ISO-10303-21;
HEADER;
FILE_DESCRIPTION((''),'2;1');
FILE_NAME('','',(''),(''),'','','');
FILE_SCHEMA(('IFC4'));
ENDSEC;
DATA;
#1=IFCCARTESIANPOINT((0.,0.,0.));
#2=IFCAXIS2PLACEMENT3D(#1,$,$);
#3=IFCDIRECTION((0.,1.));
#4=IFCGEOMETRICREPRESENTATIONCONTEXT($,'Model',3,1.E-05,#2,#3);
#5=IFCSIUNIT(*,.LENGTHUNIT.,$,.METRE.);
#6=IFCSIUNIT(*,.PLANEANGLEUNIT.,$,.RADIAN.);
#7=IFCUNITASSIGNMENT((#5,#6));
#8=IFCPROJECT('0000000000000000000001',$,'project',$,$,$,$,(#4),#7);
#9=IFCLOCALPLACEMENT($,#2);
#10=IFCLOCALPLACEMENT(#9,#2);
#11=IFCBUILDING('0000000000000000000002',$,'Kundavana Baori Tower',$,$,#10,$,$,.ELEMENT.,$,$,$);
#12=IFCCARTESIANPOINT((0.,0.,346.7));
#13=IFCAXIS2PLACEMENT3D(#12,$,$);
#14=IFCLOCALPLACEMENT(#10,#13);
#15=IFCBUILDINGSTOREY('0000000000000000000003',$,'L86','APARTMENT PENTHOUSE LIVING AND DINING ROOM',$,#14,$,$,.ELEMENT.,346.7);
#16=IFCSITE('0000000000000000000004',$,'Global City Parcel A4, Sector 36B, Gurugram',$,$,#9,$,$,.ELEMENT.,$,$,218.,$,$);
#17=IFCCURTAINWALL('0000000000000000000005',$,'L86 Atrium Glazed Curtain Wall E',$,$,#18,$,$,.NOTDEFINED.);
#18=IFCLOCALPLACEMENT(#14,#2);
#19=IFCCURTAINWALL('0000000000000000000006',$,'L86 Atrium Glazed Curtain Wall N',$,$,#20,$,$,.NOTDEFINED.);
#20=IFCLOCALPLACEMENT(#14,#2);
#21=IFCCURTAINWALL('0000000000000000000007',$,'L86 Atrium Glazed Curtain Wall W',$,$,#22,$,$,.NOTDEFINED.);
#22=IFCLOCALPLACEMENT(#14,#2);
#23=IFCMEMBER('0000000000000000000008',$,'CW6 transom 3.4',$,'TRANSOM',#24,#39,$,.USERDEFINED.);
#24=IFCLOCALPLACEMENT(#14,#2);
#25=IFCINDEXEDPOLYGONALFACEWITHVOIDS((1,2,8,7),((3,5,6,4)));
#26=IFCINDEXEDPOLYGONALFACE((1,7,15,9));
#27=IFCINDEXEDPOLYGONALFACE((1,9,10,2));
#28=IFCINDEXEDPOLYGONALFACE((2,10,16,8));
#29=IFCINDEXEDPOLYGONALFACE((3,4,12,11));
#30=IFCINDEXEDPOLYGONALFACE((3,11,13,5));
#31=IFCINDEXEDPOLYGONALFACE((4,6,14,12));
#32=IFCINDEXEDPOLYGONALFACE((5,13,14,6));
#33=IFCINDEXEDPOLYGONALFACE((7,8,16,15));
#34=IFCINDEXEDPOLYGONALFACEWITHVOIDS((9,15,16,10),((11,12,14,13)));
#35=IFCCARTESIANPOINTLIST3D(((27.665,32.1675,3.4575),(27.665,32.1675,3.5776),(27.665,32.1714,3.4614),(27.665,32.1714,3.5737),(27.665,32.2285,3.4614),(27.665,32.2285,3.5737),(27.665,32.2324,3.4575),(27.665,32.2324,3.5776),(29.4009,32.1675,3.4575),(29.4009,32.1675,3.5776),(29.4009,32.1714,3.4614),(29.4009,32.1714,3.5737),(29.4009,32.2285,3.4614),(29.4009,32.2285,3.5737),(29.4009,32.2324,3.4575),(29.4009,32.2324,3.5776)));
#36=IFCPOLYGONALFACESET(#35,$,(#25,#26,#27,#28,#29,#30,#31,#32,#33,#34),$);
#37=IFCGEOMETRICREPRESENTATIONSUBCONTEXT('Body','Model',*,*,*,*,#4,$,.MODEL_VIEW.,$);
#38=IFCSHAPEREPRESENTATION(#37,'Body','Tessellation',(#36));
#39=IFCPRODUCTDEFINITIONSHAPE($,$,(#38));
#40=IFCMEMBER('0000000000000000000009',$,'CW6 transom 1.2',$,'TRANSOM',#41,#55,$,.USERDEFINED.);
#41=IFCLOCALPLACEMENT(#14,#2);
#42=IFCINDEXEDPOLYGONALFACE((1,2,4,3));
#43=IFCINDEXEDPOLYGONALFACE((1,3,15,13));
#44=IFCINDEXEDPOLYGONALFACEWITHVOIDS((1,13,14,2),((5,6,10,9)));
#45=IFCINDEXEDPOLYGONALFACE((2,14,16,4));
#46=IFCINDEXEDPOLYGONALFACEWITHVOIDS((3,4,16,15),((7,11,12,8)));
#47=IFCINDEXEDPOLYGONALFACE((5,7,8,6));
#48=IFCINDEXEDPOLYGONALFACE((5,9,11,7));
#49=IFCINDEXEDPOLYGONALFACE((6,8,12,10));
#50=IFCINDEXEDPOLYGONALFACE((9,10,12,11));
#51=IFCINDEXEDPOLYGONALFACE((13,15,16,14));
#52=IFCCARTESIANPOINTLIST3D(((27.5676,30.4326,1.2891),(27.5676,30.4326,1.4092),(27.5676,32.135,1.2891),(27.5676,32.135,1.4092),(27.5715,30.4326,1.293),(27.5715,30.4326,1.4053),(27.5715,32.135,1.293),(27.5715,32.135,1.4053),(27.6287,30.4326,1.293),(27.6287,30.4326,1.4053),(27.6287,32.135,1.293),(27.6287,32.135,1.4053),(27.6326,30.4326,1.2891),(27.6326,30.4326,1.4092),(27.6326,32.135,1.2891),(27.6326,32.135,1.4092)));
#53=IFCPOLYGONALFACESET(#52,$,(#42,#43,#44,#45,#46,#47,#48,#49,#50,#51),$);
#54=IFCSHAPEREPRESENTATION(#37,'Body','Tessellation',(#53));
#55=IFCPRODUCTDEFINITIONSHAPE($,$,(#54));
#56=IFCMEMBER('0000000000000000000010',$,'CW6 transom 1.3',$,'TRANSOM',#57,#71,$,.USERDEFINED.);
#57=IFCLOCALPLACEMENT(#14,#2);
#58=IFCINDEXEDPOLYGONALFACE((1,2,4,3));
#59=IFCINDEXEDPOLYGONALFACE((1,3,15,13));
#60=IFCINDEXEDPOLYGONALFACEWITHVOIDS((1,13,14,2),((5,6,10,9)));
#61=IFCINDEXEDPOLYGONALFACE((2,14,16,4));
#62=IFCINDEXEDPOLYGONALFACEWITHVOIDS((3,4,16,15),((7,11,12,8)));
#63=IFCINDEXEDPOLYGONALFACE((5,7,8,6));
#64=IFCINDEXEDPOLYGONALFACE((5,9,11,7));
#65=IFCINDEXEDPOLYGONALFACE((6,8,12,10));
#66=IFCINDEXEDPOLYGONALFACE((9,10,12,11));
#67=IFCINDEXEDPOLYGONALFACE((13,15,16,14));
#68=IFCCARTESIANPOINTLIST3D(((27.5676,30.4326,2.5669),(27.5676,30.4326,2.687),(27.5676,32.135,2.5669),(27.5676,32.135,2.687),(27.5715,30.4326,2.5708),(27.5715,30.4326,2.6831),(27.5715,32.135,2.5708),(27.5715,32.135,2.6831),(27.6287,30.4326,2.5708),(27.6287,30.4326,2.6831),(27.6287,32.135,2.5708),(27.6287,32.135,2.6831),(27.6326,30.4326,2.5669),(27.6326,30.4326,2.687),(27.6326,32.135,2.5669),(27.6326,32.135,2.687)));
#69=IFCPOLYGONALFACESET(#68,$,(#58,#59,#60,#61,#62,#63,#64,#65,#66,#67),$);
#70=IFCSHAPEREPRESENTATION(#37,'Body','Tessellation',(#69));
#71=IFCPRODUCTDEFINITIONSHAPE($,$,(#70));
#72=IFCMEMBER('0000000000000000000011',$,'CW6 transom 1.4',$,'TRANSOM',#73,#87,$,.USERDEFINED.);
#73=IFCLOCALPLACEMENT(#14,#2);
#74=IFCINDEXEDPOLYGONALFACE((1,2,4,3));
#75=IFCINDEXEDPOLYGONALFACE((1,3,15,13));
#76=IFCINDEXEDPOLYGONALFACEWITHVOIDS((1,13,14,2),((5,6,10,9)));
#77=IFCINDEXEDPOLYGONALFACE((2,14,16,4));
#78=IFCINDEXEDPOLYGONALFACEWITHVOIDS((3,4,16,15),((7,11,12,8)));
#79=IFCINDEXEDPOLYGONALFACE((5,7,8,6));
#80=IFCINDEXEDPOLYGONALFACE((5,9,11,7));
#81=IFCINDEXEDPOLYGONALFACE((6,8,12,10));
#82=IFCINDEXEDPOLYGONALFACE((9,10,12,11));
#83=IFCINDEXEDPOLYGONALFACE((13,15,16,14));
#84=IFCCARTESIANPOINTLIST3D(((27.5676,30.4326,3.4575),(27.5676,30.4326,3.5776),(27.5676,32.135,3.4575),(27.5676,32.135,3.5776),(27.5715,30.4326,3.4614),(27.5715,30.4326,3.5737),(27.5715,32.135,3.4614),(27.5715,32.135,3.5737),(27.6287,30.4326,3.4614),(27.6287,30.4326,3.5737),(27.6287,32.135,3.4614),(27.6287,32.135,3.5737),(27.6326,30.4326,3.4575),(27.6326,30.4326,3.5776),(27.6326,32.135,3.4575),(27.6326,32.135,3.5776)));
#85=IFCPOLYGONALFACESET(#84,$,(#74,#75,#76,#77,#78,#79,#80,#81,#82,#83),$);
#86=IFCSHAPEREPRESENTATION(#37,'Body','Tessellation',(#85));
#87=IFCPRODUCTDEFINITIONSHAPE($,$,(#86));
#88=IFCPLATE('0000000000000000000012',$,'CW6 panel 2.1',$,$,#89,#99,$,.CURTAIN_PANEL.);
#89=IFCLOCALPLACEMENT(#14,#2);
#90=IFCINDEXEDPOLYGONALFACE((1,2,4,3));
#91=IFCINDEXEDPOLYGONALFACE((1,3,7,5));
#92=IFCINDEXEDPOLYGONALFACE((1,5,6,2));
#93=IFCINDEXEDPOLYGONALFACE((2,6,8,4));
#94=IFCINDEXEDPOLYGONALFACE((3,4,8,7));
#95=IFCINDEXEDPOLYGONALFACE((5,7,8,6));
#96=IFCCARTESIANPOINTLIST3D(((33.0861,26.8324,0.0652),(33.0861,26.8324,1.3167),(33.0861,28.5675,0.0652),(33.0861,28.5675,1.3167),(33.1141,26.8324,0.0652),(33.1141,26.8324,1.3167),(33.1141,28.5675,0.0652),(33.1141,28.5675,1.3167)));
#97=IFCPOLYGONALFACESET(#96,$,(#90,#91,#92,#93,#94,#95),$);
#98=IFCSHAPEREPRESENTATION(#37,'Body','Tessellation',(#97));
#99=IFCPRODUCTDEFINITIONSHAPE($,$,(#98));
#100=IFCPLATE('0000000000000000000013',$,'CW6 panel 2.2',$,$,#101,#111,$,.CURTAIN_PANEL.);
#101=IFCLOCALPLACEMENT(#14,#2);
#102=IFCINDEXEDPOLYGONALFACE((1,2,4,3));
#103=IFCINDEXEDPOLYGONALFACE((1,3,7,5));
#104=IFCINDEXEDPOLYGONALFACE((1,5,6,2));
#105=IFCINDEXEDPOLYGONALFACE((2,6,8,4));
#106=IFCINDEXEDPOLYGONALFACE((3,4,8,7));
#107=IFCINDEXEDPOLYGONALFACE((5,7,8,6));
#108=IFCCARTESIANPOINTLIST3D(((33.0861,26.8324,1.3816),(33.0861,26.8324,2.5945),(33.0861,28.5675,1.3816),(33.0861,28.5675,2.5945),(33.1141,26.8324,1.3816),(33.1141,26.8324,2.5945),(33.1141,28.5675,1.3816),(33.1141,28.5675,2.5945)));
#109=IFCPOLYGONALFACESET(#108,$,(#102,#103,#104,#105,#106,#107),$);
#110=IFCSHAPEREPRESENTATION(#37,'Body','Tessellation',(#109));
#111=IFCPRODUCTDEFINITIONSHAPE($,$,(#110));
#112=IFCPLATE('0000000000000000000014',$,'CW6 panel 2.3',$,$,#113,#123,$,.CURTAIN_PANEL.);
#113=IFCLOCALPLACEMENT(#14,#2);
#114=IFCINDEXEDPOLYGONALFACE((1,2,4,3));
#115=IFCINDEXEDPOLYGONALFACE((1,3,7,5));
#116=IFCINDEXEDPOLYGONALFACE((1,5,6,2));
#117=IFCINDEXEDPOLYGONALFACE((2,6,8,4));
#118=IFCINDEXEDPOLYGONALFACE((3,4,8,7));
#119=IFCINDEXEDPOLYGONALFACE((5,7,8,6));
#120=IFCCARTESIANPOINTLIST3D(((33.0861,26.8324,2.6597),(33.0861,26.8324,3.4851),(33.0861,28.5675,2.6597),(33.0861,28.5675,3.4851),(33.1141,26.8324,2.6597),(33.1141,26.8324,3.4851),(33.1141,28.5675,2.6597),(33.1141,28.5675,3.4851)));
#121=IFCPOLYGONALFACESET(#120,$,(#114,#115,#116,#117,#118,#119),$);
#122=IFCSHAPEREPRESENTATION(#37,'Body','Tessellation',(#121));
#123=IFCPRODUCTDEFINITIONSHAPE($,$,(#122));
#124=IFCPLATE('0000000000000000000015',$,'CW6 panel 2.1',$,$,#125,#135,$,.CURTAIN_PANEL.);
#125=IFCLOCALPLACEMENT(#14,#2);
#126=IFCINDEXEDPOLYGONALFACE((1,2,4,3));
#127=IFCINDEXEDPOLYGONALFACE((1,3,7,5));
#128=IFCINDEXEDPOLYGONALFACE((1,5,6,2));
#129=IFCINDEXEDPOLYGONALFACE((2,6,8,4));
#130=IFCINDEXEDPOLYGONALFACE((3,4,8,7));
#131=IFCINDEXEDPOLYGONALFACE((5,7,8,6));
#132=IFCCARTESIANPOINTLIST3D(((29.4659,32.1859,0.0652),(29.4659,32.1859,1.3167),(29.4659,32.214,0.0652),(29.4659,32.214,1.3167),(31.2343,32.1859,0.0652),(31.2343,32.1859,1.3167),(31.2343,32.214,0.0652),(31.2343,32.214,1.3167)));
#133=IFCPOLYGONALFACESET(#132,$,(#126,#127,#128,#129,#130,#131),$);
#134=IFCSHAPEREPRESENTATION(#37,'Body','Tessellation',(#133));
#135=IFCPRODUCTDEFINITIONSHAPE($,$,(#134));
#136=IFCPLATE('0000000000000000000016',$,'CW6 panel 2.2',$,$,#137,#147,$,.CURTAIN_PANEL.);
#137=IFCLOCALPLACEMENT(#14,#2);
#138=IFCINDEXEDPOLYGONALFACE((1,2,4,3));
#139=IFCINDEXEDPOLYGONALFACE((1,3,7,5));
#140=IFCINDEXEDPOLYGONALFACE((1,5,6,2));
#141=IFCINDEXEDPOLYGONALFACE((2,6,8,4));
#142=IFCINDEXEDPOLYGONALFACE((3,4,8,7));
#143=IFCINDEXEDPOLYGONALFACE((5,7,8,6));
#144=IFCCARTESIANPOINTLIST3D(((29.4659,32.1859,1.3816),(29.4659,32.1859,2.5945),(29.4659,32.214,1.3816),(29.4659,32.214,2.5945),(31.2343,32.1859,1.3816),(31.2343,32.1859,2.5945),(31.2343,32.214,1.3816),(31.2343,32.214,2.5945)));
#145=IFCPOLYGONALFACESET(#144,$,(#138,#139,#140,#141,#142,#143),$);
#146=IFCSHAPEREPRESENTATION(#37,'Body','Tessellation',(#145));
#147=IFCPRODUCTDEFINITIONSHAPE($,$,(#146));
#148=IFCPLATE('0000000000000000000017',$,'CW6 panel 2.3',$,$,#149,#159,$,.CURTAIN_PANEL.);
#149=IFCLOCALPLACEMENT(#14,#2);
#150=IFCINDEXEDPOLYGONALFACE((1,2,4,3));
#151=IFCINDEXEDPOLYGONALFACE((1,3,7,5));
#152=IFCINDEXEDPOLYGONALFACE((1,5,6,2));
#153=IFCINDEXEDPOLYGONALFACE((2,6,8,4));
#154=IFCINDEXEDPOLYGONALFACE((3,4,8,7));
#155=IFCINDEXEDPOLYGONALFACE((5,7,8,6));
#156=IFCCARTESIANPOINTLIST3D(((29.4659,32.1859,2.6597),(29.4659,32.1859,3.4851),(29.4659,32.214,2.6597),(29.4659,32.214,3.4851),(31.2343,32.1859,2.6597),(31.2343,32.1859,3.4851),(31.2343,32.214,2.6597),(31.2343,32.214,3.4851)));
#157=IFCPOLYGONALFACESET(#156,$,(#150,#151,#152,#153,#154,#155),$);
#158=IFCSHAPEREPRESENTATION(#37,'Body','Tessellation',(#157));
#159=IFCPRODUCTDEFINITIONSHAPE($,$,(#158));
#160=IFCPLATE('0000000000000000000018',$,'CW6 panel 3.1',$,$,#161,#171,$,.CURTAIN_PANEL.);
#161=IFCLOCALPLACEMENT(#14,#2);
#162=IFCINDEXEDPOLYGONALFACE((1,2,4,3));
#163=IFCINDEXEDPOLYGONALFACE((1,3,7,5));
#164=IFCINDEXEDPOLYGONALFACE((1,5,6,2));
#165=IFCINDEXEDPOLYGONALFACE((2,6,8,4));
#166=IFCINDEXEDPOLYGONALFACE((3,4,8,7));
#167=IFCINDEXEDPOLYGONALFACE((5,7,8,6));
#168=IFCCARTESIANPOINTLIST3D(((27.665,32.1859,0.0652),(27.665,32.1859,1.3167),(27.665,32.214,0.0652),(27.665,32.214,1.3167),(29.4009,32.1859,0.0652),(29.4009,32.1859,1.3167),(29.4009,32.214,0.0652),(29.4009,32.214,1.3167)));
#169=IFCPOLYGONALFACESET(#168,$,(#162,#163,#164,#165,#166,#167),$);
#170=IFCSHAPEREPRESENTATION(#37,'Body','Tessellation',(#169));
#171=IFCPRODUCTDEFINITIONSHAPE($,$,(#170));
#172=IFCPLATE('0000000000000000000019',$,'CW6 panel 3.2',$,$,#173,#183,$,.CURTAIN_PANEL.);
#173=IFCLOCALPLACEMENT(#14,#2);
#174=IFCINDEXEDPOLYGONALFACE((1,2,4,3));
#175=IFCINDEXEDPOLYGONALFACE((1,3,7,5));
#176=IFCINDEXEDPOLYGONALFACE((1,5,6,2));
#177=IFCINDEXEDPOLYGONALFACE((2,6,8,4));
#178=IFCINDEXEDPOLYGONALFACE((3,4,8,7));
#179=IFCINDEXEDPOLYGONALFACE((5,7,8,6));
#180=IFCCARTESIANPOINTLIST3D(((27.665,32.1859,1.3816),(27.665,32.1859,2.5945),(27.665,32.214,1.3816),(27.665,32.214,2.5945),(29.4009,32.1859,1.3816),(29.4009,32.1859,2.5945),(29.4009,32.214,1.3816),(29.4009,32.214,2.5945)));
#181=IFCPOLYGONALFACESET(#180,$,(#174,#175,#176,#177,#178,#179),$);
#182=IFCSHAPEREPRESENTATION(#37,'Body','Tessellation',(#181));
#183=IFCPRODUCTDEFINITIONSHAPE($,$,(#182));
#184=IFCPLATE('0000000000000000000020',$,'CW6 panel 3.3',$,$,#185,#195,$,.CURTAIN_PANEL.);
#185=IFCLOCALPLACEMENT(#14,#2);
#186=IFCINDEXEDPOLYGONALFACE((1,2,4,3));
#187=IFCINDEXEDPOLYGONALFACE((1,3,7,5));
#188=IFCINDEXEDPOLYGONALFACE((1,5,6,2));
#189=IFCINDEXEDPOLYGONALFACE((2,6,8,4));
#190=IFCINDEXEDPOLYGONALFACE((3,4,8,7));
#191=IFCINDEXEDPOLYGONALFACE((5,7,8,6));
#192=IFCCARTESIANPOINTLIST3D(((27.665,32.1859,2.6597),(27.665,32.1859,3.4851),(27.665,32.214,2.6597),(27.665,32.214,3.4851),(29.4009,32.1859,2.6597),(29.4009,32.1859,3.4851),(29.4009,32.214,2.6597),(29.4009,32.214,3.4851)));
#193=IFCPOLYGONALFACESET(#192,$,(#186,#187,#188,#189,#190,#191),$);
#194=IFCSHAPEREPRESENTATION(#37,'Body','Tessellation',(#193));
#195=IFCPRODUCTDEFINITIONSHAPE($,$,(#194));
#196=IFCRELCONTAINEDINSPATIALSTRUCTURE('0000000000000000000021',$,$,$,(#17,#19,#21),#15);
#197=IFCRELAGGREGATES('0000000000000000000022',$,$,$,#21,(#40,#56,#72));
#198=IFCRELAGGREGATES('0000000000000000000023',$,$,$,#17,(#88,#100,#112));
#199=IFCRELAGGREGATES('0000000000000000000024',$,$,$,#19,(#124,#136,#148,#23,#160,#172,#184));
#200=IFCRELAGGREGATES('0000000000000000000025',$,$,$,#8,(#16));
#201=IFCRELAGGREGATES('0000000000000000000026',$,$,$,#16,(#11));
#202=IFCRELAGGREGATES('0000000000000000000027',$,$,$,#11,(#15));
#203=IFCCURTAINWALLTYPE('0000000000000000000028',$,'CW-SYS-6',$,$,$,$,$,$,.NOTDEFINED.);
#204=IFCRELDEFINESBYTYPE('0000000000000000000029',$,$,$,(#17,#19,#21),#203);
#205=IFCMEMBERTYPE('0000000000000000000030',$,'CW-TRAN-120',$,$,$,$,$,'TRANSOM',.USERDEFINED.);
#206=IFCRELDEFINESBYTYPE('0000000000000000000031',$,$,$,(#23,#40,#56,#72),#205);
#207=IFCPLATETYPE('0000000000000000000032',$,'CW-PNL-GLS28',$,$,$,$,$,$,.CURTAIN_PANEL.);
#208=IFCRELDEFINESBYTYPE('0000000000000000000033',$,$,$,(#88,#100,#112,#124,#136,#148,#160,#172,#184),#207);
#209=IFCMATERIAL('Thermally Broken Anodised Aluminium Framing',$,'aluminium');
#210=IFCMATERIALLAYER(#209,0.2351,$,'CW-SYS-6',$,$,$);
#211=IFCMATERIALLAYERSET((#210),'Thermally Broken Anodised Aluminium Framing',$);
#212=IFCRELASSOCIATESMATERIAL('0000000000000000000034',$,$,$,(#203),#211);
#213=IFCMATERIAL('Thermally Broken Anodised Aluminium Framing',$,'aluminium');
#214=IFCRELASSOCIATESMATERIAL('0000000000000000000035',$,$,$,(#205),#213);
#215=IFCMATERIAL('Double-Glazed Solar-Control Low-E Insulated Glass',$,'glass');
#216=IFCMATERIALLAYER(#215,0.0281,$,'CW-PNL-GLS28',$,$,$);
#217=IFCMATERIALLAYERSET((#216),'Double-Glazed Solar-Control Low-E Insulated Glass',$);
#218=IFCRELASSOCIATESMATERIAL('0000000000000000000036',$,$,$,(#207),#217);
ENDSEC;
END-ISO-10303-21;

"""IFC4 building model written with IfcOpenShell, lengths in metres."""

from ifc_helpers import new_model, si_unit, direction, frame, origin, origin_2d, place, context, subcontext, project, spatial, rectangle, hollow_rectangle, extrude, material, layer, layer_set, material_profile, profile_set, type_object, element, aggregate, save


model = new_model("IFC4")

# Units and contexts
model_context = context("Model", 3, precision=1e-05, world=origin(), true_north=direction((0.0, 1.0)))
body_context = subcontext(model_context, "Body", "Model", "MODEL_VIEW")
ifc_project = project(units=[si_unit("LENGTHUNIT", "METRE"), si_unit("PLANEANGLEUNIT", "RADIAN")], contexts=[model_context])

# Site, building, storey
site_placement = place(None, origin())
site = spatial("IfcSite", under=ifc_project, at=site_placement, Name="Global City Parcel A4, Sector 36B, Gurugram", CompositionType="ELEMENT", RefElevation=218.0)
building_placement = place(site_placement, origin())
building = spatial("IfcBuilding", under=site, at=building_placement, Name="Kundavana Baori Tower", CompositionType="ELEMENT")
storey_placement = place(building_placement, frame((0.0, 0.0, 346.7)))
storey = spatial("IfcBuildingStorey", under=building, at=storey_placement, Name="L86", Description="APARTMENT PENTHOUSE LIVING AND DINING ROOM", CompositionType="ELEMENT", Elevation=346.7)

# Curtain wall
ifc_material_1 = material(Name="Thermally Broken Anodised Aluminium Framing", Category="aluminium")
ifc_layer_1 = layer(ifc_material_1, 0.2351, Name="CW-SYS-6")
ifc_layer_set_1 = layer_set([ifc_layer_1], Name="Thermally Broken Anodised Aluminium Framing")
curtain_wall_type = type_object("IfcCurtainWallType", Name="CW-SYS-6", PredefinedType="NOTDEFINED", material=ifc_layer_set_1)
curtain_wall_1_placement = place(storey_placement, origin())
curtain_wall_1 = element("IfcCurtainWall", 1, at=curtain_wall_1_placement, inside=storey, type_object=curtain_wall_type, Name="L86 Atrium Glazed Curtain Wall E", PredefinedType="NOTDEFINED")

# Curtain wall
curtain_wall_2_placement = place(storey_placement, origin())
curtain_wall_2 = element("IfcCurtainWall", 2, at=curtain_wall_2_placement, inside=storey, type_object=curtain_wall_type, Name="L86 Atrium Glazed Curtain Wall N", PredefinedType="NOTDEFINED")

# Curtain wall
curtain_wall_3_placement = place(storey_placement, origin())
curtain_wall_3 = element("IfcCurtainWall", 3, at=curtain_wall_3_placement, inside=storey, type_object=curtain_wall_type, Name="L86 Atrium Glazed Curtain Wall W", PredefinedType="NOTDEFINED")

# Members
ifc_material_2 = material(Name="Thermally Broken Anodised Aluminium Framing", Category="aluminium")
ifc_material_profile_1 = material_profile(ifc_material_2, hollow_rectangle(XDim=0.0649, YDim=0.1201, WallThickness=0.0039, at=origin_2d()), Name="CW-TRAN-120")
ifc_profile_set_1 = profile_set([ifc_material_profile_1], Name="Thermally Broken Anodised Aluminium Framing")
member_type_1 = type_object("IfcMemberType", Name="CW-TRAN-120", ElementType="TRANSOM", PredefinedType="USERDEFINED", material=ifc_profile_set_1)
member_1_placement = place(storey_placement, frame((29.4009, 32.2, 3.5176), z_axis=(-1.0, 0.0, 0.0), x_axis=(0.0, -1.0, 0.0)))
member_1 = element("IfcMember", 4, at=member_1_placement, type_object=member_type_1, Name="CW6 transom 3.4", ObjectType="TRANSOM", PredefinedType="USERDEFINED", context=body_context, shape_type="SweptSolid", body=[
    extrude(hollow_rectangle(XDim=0.0649, YDim=0.1201, WallThickness=0.0039, at=origin_2d()), origin(), (0.0, 0.0, 1.0), 1.7358),
])
member_2_placement = place(storey_placement, frame((27.6001, 32.135, 1.3491), z_axis=(0.0, -1.0, 0.0), x_axis=(1.0, 0.0, 0.0)))
member_2 = element("IfcMember", 5, at=member_2_placement, type_object=member_type_1, Name="CW6 transom 1.2", ObjectType="TRANSOM", PredefinedType="USERDEFINED", context=body_context, shape_type="SweptSolid", body=[
    extrude(hollow_rectangle(XDim=0.0649, YDim=0.1201, WallThickness=0.0039, at=origin_2d()), origin(), (0.0, 0.0, 1.0), 1.7024),
])
member_3_placement = place(storey_placement, frame((27.6001, 32.135, 2.627), z_axis=(0.0, -1.0, 0.0), x_axis=(1.0, 0.0, 0.0)))
member_3 = element("IfcMember", 6, at=member_3_placement, type_object=member_type_1, Name="CW6 transom 1.3", ObjectType="TRANSOM", PredefinedType="USERDEFINED", context=body_context, shape_type="SweptSolid", body=[
    extrude(hollow_rectangle(XDim=0.0649, YDim=0.1201, WallThickness=0.0039, at=origin_2d()), origin(), (0.0, 0.0, 1.0), 1.7024),
])
member_4_placement = place(storey_placement, frame((27.6001, 32.135, 3.5176), z_axis=(0.0, -1.0, 0.0), x_axis=(1.0, 0.0, 0.0)))
member_4 = element("IfcMember", 7, at=member_4_placement, type_object=member_type_1, Name="CW6 transom 1.4", ObjectType="TRANSOM", PredefinedType="USERDEFINED", context=body_context, shape_type="SweptSolid", body=[
    extrude(hollow_rectangle(XDim=0.0649, YDim=0.1201, WallThickness=0.0039, at=origin_2d()), origin(), (0.0, 0.0, 1.0), 1.7024),
])
aggregate(curtain_wall_3, [member_2, member_3, member_4])

# Plates
ifc_material_3 = material(Name="Double-Glazed Solar-Control Low-E Insulated Glass", Category="glass")
ifc_layer_2 = layer(ifc_material_3, 0.0281, Name="CW-PNL-GLS28")
ifc_layer_set_2 = layer_set([ifc_layer_2], Name="Double-Glazed Solar-Control Low-E Insulated Glass")
plate_type = type_object("IfcPlateType", Name="CW-PNL-GLS28", PredefinedType="CURTAIN_PANEL", material=ifc_layer_set_2)
plate_1_placement = place(storey_placement, frame((33.1001, 27.7, 0.0652), z_axis=(0.0, 0.0, 1.0), x_axis=(0.0, 1.0, 0.0)))
plate_1 = element("IfcPlate", 8, at=plate_1_placement, type_object=plate_type, Name="CW6 panel 2.1", PredefinedType="CURTAIN_PANEL", context=body_context, shape_type="SweptSolid", body=[
    extrude(rectangle(XDim=1.7351, YDim=0.0281, at=origin_2d()), origin(), (0.0, 0.0, 1.0), 1.2515),
])
plate_2_placement = place(storey_placement, frame((33.1001, 27.7, 1.3816), z_axis=(0.0, 0.0, 1.0), x_axis=(0.0, 1.0, 0.0)))
plate_2 = element("IfcPlate", 9, at=plate_2_placement, type_object=plate_type, Name="CW6 panel 2.2", PredefinedType="CURTAIN_PANEL", context=body_context, shape_type="SweptSolid", body=[
    extrude(rectangle(XDim=1.7351, YDim=0.0281, at=origin_2d()), origin(), (0.0, 0.0, 1.0), 1.2129),
])
plate_3_placement = place(storey_placement, frame((33.1001, 27.7, 2.6597), z_axis=(0.0, 0.0, 1.0), x_axis=(0.0, 1.0, 0.0)))
plate_3 = element("IfcPlate", 10, at=plate_3_placement, type_object=plate_type, Name="CW6 panel 2.3", PredefinedType="CURTAIN_PANEL", context=body_context, shape_type="SweptSolid", body=[
    extrude(rectangle(XDim=1.7351, YDim=0.0281, at=origin_2d()), origin(), (0.0, 0.0, 1.0), 0.8254),
])
aggregate(curtain_wall_1, [plate_1, plate_2, plate_3])
plate_4_placement = place(storey_placement, frame((30.3501, 32.2, 0.0652), z_axis=(0.0, 0.0, 1.0), x_axis=(-1.0, 0.0, 0.0)))
plate_4 = element("IfcPlate", 11, at=plate_4_placement, type_object=plate_type, Name="CW6 panel 2.1", PredefinedType="CURTAIN_PANEL", context=body_context, shape_type="SweptSolid", body=[
    extrude(rectangle(XDim=1.7683, YDim=0.0281, at=origin_2d()), origin(), (0.0, 0.0, 1.0), 1.2515),
])
plate_5_placement = place(storey_placement, frame((30.3501, 32.2, 1.3816), z_axis=(0.0, 0.0, 1.0), x_axis=(-1.0, 0.0, 0.0)))
plate_5 = element("IfcPlate", 12, at=plate_5_placement, type_object=plate_type, Name="CW6 panel 2.2", PredefinedType="CURTAIN_PANEL", context=body_context, shape_type="SweptSolid", body=[
    extrude(rectangle(XDim=1.7683, YDim=0.0281, at=origin_2d()), origin(), (0.0, 0.0, 1.0), 1.2129),
])
plate_6_placement = place(storey_placement, frame((30.3501, 32.2, 2.6597), z_axis=(0.0, 0.0, 1.0), x_axis=(-1.0, 0.0, 0.0)))
plate_6 = element("IfcPlate", 13, at=plate_6_placement, type_object=plate_type, Name="CW6 panel 2.3", PredefinedType="CURTAIN_PANEL", context=body_context, shape_type="SweptSolid", body=[
    extrude(rectangle(XDim=1.7683, YDim=0.0281, at=origin_2d()), origin(), (0.0, 0.0, 1.0), 0.8254),
])
plate_7_placement = place(storey_placement, frame((28.533, 32.2, 0.0652), z_axis=(0.0, 0.0, 1.0), x_axis=(-1.0, 0.0, 0.0)))
plate_7 = element("IfcPlate", 14, at=plate_7_placement, type_object=plate_type, Name="CW6 panel 3.1", PredefinedType="CURTAIN_PANEL", context=body_context, shape_type="SweptSolid", body=[
    extrude(rectangle(XDim=1.7358, YDim=0.0281, at=origin_2d()), origin(), (0.0, 0.0, 1.0), 1.2515),
])
plate_8_placement = place(storey_placement, frame((28.533, 32.2, 1.3816), z_axis=(0.0, 0.0, 1.0), x_axis=(-1.0, 0.0, 0.0)))
plate_8 = element("IfcPlate", 15, at=plate_8_placement, type_object=plate_type, Name="CW6 panel 3.2", PredefinedType="CURTAIN_PANEL", context=body_context, shape_type="SweptSolid", body=[
    extrude(rectangle(XDim=1.7358, YDim=0.0281, at=origin_2d()), origin(), (0.0, 0.0, 1.0), 1.2129),
])
plate_9_placement = place(storey_placement, frame((28.533, 32.2, 2.6597), z_axis=(0.0, 0.0, 1.0), x_axis=(-1.0, 0.0, 0.0)))
plate_9 = element("IfcPlate", 16, at=plate_9_placement, type_object=plate_type, Name="CW6 panel 3.3", PredefinedType="CURTAIN_PANEL", context=body_context, shape_type="SweptSolid", body=[
    extrude(rectangle(XDim=1.7358, YDim=0.0281, at=origin_2d()), origin(), (0.0, 0.0, 1.0), 0.8254),
])
aggregate(curtain_wall_2, [plate_4, plate_5, plate_6, member_1, plate_7, plate_8, plate_9])

save(model, "model.ifc")
